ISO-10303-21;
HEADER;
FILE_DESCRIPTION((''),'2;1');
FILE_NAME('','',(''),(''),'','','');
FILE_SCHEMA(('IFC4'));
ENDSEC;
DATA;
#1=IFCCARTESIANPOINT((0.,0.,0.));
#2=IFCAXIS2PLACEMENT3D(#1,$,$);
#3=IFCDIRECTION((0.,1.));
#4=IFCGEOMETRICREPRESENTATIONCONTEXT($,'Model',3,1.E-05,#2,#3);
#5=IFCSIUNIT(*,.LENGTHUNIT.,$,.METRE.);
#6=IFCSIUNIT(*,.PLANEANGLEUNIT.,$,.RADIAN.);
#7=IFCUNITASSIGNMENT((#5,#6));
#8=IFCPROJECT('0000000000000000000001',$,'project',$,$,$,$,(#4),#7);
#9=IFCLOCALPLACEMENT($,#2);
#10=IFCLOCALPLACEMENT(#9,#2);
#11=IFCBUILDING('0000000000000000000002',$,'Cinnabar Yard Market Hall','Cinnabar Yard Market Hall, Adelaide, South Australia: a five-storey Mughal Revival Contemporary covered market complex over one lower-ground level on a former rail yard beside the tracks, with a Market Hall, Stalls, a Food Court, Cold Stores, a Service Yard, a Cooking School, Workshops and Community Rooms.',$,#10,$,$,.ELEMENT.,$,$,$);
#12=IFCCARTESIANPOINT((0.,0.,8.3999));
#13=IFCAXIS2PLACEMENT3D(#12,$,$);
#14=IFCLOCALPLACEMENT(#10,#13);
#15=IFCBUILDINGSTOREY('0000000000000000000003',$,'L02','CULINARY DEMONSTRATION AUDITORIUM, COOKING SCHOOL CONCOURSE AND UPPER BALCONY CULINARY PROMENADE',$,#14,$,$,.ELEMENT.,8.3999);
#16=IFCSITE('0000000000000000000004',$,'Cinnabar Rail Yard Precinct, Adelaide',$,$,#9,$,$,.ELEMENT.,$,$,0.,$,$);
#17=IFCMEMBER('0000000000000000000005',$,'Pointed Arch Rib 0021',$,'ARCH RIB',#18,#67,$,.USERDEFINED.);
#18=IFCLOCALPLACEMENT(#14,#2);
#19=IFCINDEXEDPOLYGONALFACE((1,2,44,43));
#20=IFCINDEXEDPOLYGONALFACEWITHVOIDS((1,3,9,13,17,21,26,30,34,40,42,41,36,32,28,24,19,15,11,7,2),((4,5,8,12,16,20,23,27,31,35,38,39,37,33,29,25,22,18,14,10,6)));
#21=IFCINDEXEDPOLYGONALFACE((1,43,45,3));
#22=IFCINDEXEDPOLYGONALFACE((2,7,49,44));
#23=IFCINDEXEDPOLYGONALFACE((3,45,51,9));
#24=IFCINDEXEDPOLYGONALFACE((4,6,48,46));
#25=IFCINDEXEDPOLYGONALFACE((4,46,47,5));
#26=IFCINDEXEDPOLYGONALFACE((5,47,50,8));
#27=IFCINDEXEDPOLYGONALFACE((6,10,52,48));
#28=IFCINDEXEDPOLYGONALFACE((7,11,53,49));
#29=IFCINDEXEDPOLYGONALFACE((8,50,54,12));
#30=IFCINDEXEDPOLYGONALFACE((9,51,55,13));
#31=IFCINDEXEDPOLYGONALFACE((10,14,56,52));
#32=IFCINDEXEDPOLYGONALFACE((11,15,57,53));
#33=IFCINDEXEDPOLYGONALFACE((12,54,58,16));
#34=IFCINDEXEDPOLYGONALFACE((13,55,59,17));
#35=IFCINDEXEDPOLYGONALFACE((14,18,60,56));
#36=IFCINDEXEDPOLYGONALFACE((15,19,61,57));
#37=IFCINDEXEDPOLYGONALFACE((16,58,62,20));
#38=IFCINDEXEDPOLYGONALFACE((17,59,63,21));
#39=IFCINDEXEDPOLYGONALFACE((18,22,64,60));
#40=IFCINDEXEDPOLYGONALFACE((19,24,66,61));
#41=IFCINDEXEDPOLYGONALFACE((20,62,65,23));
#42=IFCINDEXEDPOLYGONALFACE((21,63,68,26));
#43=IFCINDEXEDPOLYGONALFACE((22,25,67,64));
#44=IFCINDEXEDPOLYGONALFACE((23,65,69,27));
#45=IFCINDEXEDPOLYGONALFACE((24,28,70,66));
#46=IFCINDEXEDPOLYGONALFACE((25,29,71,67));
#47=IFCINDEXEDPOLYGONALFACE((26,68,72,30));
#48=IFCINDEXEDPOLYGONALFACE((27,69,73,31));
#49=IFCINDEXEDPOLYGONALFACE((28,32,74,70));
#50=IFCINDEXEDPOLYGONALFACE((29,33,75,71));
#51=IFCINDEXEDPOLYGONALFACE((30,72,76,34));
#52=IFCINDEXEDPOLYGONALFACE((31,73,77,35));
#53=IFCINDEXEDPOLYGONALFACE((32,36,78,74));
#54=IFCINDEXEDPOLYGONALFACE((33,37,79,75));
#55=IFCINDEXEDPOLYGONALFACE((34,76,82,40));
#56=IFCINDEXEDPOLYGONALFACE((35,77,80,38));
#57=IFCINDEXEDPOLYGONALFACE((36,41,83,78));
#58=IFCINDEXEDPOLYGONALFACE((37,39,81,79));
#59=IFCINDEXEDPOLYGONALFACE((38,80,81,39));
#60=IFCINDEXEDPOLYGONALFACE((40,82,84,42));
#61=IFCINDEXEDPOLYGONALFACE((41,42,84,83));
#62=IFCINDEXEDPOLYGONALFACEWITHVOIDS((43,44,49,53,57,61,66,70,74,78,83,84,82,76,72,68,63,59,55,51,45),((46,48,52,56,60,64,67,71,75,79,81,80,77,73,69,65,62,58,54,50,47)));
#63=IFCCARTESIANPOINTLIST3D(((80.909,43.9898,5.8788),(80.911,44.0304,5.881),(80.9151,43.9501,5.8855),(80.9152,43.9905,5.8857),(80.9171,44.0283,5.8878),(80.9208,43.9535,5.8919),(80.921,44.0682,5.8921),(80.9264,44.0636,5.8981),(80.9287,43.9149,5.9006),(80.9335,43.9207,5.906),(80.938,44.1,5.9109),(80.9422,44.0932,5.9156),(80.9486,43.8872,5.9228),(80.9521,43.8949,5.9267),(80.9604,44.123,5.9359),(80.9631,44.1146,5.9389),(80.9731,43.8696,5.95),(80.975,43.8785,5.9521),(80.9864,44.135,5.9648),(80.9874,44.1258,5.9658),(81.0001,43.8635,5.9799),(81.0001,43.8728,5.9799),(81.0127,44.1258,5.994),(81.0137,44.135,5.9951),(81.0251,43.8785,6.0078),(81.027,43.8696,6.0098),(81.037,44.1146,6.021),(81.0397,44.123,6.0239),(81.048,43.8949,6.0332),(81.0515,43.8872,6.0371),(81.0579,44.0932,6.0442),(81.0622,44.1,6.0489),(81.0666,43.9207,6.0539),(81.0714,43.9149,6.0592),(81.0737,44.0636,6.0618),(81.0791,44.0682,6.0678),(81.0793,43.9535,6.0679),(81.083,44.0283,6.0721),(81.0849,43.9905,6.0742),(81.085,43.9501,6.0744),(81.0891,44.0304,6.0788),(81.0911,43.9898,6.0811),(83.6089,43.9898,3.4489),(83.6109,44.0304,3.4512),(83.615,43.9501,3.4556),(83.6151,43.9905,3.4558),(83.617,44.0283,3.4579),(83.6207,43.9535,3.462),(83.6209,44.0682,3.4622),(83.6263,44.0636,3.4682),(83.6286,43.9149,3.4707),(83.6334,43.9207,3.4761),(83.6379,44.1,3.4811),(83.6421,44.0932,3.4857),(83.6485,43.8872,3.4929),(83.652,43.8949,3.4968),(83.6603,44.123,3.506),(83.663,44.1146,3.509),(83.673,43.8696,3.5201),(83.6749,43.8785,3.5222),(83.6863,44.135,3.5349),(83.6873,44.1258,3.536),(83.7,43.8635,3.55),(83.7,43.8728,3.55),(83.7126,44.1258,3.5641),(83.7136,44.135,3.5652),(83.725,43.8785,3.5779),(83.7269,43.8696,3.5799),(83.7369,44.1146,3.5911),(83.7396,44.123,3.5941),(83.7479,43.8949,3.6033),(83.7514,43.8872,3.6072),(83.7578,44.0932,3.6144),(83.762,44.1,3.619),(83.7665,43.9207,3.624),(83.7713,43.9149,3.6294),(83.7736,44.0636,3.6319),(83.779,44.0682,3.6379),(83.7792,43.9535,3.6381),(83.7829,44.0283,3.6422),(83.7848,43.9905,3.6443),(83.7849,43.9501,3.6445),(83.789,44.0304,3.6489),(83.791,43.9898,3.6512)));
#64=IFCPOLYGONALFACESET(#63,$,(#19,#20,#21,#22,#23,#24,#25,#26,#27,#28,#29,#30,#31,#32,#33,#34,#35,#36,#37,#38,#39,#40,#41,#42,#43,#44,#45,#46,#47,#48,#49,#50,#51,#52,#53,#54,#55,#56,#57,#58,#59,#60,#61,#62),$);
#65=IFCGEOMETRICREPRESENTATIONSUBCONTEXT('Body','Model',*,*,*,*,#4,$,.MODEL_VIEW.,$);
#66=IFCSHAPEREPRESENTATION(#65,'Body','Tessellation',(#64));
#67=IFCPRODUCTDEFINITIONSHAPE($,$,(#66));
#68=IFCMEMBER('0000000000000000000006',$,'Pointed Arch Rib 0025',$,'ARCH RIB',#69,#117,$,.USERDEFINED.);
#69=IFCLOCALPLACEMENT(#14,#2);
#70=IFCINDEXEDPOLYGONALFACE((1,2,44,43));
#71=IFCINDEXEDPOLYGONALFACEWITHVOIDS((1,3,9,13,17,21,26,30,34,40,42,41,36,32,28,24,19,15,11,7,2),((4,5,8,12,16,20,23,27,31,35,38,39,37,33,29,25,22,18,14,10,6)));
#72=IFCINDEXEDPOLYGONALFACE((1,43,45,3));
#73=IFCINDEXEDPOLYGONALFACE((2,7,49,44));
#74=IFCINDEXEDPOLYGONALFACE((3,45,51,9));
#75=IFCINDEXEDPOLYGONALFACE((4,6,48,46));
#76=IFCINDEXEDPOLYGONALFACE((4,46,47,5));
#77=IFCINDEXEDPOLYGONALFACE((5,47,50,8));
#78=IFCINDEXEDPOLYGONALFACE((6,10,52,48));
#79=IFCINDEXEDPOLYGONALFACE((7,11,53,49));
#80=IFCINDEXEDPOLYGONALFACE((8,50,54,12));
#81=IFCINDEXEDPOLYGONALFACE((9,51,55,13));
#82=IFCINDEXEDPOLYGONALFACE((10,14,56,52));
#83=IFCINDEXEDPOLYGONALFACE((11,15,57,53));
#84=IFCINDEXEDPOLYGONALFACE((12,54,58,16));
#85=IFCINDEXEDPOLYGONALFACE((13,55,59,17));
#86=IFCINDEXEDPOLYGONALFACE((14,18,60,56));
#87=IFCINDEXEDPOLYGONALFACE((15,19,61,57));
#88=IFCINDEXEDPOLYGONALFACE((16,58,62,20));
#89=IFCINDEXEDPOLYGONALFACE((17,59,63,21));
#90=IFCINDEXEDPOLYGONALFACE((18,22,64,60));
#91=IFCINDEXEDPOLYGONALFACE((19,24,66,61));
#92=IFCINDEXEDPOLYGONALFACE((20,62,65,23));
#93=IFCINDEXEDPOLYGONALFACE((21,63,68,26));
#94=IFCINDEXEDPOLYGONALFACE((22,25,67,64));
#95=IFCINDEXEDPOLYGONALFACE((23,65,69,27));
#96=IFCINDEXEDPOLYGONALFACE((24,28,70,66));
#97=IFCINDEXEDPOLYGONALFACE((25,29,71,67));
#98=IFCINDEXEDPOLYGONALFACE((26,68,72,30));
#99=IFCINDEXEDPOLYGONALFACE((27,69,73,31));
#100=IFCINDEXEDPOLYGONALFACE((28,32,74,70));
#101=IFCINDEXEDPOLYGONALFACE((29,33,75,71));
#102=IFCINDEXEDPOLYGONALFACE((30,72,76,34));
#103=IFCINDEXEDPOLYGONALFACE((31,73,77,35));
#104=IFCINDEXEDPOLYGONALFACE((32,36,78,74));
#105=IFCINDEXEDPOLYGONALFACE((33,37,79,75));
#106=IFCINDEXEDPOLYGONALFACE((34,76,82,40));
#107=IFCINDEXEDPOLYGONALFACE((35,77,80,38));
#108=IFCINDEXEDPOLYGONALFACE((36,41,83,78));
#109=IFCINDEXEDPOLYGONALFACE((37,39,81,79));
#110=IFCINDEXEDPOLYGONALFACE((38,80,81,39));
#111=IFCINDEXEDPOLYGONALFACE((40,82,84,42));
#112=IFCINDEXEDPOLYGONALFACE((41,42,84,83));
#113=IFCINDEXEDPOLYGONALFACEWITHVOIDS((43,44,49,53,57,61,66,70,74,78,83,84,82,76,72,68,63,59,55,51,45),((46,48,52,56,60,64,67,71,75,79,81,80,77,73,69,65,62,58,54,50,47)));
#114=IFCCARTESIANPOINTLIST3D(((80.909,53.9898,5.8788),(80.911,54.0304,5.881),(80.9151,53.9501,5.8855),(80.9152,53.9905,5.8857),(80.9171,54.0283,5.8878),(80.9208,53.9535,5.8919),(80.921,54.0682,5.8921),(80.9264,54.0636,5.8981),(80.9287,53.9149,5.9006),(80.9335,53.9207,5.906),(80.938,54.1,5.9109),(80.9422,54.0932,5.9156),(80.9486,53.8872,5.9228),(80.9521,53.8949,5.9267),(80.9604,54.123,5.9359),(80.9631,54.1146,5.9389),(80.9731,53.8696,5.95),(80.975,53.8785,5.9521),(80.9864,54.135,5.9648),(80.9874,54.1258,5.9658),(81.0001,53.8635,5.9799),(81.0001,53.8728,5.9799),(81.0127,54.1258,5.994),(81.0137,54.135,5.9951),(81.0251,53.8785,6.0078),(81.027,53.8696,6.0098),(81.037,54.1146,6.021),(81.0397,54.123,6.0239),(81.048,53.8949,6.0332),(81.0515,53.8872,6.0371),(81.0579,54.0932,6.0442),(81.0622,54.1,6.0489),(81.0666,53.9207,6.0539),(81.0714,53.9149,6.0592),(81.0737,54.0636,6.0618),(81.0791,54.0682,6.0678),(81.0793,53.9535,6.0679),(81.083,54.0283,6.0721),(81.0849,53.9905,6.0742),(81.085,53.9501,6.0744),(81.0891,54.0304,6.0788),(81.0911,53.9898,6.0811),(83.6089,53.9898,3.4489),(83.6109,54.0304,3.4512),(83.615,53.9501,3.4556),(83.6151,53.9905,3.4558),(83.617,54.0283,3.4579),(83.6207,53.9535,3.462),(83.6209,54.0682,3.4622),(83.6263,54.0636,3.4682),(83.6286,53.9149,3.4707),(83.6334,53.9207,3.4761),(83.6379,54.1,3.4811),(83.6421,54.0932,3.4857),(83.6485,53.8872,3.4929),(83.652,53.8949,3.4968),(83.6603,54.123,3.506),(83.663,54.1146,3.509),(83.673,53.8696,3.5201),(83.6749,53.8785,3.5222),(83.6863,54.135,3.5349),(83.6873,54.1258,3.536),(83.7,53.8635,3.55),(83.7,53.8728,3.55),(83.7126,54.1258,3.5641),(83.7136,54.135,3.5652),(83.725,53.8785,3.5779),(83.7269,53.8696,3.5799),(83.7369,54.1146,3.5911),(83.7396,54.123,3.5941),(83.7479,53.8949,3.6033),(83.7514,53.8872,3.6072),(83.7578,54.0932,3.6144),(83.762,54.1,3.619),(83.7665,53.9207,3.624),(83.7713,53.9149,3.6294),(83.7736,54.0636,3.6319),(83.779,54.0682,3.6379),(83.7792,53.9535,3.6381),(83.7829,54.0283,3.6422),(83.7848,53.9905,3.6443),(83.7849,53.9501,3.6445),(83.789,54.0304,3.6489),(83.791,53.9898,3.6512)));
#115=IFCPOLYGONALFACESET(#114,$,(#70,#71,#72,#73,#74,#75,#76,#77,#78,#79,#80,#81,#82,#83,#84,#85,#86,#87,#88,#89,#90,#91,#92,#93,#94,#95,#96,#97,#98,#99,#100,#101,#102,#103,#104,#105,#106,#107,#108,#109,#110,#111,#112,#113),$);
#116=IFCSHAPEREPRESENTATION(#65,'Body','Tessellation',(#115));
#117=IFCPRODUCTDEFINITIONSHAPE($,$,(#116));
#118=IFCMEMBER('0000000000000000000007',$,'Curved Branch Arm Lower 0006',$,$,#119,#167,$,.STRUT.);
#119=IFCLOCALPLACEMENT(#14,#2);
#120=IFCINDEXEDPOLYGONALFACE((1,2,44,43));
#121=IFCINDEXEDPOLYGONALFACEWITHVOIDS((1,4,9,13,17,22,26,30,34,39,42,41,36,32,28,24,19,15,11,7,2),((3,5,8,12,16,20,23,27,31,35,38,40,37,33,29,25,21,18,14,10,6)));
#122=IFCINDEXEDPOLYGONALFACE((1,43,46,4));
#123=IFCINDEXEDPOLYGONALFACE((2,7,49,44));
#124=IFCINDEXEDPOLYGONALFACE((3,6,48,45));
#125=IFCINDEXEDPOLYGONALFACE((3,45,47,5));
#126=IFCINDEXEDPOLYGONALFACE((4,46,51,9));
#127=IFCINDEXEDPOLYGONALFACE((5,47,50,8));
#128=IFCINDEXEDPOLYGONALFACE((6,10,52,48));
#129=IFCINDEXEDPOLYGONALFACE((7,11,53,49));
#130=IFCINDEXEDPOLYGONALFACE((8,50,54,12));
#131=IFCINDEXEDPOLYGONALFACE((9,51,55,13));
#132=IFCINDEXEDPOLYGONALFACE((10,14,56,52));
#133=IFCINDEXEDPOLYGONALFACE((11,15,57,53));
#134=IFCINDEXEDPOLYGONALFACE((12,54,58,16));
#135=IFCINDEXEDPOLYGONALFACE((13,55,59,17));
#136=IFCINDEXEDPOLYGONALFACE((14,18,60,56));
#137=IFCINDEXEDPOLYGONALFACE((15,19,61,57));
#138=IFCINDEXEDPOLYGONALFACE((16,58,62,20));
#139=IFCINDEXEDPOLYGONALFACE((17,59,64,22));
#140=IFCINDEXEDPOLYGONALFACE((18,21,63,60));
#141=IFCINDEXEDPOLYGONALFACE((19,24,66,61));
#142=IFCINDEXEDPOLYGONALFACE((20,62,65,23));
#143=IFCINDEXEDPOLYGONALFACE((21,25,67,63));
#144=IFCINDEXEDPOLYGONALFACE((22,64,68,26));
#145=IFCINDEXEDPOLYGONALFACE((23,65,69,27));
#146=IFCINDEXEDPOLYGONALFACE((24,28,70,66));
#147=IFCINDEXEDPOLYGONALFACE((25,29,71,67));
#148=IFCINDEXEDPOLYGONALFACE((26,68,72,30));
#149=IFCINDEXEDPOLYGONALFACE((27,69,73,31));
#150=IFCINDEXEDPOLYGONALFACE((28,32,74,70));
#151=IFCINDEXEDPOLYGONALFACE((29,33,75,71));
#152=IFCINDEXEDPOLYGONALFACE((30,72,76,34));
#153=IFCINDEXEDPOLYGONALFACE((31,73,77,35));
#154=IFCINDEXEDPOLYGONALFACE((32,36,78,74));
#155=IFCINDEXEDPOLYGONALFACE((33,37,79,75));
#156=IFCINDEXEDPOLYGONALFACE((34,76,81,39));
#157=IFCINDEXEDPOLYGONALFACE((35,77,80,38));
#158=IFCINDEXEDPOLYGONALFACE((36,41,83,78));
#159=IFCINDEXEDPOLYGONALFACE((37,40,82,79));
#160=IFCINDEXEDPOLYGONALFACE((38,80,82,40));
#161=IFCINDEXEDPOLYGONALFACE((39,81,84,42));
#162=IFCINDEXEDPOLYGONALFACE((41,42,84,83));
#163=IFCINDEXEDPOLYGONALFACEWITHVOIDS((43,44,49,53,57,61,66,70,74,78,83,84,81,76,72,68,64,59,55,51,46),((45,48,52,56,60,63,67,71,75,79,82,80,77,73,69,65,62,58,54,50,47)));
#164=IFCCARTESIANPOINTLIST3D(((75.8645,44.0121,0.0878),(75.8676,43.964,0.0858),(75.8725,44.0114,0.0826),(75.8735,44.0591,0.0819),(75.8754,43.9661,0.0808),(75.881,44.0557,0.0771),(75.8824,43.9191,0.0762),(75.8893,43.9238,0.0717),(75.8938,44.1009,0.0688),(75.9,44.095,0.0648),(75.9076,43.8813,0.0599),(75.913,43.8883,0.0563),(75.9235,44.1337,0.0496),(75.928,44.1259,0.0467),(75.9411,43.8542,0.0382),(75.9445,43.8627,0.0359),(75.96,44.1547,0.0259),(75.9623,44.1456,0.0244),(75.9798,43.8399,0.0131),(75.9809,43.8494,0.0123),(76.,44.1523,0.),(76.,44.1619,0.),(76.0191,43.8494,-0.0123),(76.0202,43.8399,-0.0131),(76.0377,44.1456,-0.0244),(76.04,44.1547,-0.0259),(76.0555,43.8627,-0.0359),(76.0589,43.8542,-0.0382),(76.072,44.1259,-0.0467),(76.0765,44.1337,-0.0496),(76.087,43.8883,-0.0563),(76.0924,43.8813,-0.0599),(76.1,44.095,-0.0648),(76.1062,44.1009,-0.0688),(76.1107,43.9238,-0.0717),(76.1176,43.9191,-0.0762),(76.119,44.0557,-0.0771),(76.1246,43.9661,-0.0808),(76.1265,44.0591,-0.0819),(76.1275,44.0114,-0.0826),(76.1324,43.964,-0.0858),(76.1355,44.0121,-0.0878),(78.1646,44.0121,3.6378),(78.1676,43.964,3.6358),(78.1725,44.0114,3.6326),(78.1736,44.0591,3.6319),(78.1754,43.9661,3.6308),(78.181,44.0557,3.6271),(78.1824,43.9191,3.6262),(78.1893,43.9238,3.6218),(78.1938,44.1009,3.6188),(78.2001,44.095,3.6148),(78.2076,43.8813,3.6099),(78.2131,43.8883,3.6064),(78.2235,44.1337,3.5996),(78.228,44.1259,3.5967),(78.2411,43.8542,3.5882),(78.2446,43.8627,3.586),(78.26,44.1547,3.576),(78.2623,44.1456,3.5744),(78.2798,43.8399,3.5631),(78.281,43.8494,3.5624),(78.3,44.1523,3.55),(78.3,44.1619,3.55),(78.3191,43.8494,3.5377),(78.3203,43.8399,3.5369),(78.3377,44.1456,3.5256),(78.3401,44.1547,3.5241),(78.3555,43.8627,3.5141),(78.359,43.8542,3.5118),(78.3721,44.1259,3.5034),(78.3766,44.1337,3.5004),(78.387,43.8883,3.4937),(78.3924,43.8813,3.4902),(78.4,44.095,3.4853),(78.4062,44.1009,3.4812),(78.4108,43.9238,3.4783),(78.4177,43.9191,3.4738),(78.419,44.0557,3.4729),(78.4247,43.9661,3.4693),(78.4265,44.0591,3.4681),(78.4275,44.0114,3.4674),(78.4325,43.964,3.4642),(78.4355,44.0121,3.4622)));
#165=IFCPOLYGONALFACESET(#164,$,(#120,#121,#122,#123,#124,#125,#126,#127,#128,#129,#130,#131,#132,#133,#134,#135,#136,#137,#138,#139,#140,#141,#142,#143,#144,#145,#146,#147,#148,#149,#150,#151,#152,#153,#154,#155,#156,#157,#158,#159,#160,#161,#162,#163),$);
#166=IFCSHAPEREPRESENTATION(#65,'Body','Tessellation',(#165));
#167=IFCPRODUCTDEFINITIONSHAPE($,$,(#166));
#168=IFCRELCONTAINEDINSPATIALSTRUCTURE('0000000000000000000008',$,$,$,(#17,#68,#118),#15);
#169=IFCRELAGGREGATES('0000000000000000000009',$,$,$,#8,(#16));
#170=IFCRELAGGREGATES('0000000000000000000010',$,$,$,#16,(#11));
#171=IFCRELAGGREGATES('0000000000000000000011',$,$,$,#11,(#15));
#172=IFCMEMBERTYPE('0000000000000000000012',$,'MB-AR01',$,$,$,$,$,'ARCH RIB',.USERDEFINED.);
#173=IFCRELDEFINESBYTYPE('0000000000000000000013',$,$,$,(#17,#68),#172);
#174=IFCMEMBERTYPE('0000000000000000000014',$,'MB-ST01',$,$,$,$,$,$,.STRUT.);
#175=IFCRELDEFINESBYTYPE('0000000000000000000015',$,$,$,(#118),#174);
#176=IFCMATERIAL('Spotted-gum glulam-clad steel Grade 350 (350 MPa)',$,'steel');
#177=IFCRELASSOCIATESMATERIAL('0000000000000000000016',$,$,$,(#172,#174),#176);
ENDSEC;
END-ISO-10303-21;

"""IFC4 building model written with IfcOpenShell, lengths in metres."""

from ifc_helpers import new_model, si_unit, direction, frame, origin, origin_2d_with_axis, place, context, subcontext, project, spatial, hollow_circle, extrude, material, material_profile, profile_set, type_object, element, save


model = new_model("IFC4")

# Units and contexts
model_context = context("Model", 3, precision=1e-05, world=origin(), true_north=direction((0.0, 1.0)))
body_context = subcontext(model_context, "Body", "Model", "MODEL_VIEW")
ifc_project = project(units=[si_unit("LENGTHUNIT", "METRE"), si_unit("PLANEANGLEUNIT", "RADIAN")], contexts=[model_context])

# Site, building, storey
site_placement = place(None, origin())
site = spatial("IfcSite", under=ifc_project, at=site_placement, Name="Cinnabar Rail Yard Precinct, Adelaide", CompositionType="ELEMENT", RefElevation=0.0)
building_placement = place(site_placement, origin())
building = spatial("IfcBuilding", under=site, at=building_placement, Name="Cinnabar Yard Market Hall", Description="Cinnabar Yard Market Hall, Adelaide, South Australia: a five-storey Mughal Revival Contemporary covered market complex over one lower-ground level on a former rail yard beside the tracks, with a Market Hall, Stalls, a Food Court, Cold Stores, a Service Yard, a Cooking School, Workshops and Community Rooms.", CompositionType="ELEMENT")
storey_placement = place(building_placement, frame((0.0, 0.0, 8.3999)))
storey = spatial("IfcBuildingStorey", under=building, at=storey_placement, Name="L02", Description="CULINARY DEMONSTRATION AUDITORIUM, COOKING SCHOOL CONCOURSE AND UPPER BALCONY CULINARY PROMENADE", CompositionType="ELEMENT", Elevation=8.3999)

# Shared definitions
ifc_material_1 = material(Name="Spotted-gum glulam-clad steel Grade 350 (350 MPa)", Category="steel")

# Members
ifc_material_profile_1 = material_profile(ifc_material_1, hollow_circle(Radius=0.1365, WallThickness=0.0093, at=origin_2d_with_axis()), Name="273.1x9.3CHS")
ifc_profile_set_1 = profile_set([ifc_material_profile_1], Name="Spotted-gum glulam-clad steel Grade 350 (350 MPa)")
member_type_1 = type_object("IfcMemberType", Name="MB-AR01", ElementType="ARCH RIB", PredefinedType="USERDEFINED", material=ifc_profile_set_1)
for number, where, z_axis, x_axis, name in (
    (1, (83.7, 44.0, 3.55), (-0.743297, 0.0, 0.668961), (0.0, -1.0, 0.0), "Pointed Arch Rib 0021"),
    (2, (83.7, 54.0, 3.55), (-0.743297, 0.0, 0.668961), (0.0, -1.0, 0.0), "Pointed Arch Rib 0025"),
):
    element("IfcMember", number, at=place(storey_placement, frame(where, z_axis=z_axis, x_axis=x_axis)), inside=storey, type_object=member_type_1, Name=name, ObjectType="ARCH RIB", PredefinedType="USERDEFINED", context=body_context, shape_type="SweptSolid", body=[
        extrude(hollow_circle(Radius=0.1365, WallThickness=0.0093, at=origin_2d_with_axis()), origin(), (0.0, 0.0, 1.0), 3.6323),
    ])
ifc_material_profile_2 = material_profile(ifc_material_1, hollow_circle(Radius=0.1619, WallThickness=0.0095, at=origin_2d_with_axis()), Name="323.9x9.5CHS")
ifc_profile_set_2 = profile_set([ifc_material_profile_2], Name="Spotted-gum glulam-clad steel Grade 350 (350 MPa)")
member_type_2 = type_object("IfcMemberType", Name="MB-ST01", PredefinedType="STRUT", material=ifc_profile_set_2)
for number, where, z_axis, x_axis, name in (
    (3, (76.0, 44.0, 0.0), (0.543744, 0.0, 0.839251), (0.0, 1.0, 0.0), "Curved Branch Arm Lower 0006"),
):
    element("IfcMember", number, at=place(storey_placement, frame(where, z_axis=z_axis, x_axis=x_axis)), inside=storey, type_object=member_type_2, Name=name, PredefinedType="STRUT", context=body_context, shape_type="SweptSolid", body=[
        extrude(hollow_circle(Radius=0.1619, WallThickness=0.0095, at=origin_2d_with_axis()), origin(), (0.0, 0.0, 1.0), 4.23),
    ])

save(model, "model.ifc")
